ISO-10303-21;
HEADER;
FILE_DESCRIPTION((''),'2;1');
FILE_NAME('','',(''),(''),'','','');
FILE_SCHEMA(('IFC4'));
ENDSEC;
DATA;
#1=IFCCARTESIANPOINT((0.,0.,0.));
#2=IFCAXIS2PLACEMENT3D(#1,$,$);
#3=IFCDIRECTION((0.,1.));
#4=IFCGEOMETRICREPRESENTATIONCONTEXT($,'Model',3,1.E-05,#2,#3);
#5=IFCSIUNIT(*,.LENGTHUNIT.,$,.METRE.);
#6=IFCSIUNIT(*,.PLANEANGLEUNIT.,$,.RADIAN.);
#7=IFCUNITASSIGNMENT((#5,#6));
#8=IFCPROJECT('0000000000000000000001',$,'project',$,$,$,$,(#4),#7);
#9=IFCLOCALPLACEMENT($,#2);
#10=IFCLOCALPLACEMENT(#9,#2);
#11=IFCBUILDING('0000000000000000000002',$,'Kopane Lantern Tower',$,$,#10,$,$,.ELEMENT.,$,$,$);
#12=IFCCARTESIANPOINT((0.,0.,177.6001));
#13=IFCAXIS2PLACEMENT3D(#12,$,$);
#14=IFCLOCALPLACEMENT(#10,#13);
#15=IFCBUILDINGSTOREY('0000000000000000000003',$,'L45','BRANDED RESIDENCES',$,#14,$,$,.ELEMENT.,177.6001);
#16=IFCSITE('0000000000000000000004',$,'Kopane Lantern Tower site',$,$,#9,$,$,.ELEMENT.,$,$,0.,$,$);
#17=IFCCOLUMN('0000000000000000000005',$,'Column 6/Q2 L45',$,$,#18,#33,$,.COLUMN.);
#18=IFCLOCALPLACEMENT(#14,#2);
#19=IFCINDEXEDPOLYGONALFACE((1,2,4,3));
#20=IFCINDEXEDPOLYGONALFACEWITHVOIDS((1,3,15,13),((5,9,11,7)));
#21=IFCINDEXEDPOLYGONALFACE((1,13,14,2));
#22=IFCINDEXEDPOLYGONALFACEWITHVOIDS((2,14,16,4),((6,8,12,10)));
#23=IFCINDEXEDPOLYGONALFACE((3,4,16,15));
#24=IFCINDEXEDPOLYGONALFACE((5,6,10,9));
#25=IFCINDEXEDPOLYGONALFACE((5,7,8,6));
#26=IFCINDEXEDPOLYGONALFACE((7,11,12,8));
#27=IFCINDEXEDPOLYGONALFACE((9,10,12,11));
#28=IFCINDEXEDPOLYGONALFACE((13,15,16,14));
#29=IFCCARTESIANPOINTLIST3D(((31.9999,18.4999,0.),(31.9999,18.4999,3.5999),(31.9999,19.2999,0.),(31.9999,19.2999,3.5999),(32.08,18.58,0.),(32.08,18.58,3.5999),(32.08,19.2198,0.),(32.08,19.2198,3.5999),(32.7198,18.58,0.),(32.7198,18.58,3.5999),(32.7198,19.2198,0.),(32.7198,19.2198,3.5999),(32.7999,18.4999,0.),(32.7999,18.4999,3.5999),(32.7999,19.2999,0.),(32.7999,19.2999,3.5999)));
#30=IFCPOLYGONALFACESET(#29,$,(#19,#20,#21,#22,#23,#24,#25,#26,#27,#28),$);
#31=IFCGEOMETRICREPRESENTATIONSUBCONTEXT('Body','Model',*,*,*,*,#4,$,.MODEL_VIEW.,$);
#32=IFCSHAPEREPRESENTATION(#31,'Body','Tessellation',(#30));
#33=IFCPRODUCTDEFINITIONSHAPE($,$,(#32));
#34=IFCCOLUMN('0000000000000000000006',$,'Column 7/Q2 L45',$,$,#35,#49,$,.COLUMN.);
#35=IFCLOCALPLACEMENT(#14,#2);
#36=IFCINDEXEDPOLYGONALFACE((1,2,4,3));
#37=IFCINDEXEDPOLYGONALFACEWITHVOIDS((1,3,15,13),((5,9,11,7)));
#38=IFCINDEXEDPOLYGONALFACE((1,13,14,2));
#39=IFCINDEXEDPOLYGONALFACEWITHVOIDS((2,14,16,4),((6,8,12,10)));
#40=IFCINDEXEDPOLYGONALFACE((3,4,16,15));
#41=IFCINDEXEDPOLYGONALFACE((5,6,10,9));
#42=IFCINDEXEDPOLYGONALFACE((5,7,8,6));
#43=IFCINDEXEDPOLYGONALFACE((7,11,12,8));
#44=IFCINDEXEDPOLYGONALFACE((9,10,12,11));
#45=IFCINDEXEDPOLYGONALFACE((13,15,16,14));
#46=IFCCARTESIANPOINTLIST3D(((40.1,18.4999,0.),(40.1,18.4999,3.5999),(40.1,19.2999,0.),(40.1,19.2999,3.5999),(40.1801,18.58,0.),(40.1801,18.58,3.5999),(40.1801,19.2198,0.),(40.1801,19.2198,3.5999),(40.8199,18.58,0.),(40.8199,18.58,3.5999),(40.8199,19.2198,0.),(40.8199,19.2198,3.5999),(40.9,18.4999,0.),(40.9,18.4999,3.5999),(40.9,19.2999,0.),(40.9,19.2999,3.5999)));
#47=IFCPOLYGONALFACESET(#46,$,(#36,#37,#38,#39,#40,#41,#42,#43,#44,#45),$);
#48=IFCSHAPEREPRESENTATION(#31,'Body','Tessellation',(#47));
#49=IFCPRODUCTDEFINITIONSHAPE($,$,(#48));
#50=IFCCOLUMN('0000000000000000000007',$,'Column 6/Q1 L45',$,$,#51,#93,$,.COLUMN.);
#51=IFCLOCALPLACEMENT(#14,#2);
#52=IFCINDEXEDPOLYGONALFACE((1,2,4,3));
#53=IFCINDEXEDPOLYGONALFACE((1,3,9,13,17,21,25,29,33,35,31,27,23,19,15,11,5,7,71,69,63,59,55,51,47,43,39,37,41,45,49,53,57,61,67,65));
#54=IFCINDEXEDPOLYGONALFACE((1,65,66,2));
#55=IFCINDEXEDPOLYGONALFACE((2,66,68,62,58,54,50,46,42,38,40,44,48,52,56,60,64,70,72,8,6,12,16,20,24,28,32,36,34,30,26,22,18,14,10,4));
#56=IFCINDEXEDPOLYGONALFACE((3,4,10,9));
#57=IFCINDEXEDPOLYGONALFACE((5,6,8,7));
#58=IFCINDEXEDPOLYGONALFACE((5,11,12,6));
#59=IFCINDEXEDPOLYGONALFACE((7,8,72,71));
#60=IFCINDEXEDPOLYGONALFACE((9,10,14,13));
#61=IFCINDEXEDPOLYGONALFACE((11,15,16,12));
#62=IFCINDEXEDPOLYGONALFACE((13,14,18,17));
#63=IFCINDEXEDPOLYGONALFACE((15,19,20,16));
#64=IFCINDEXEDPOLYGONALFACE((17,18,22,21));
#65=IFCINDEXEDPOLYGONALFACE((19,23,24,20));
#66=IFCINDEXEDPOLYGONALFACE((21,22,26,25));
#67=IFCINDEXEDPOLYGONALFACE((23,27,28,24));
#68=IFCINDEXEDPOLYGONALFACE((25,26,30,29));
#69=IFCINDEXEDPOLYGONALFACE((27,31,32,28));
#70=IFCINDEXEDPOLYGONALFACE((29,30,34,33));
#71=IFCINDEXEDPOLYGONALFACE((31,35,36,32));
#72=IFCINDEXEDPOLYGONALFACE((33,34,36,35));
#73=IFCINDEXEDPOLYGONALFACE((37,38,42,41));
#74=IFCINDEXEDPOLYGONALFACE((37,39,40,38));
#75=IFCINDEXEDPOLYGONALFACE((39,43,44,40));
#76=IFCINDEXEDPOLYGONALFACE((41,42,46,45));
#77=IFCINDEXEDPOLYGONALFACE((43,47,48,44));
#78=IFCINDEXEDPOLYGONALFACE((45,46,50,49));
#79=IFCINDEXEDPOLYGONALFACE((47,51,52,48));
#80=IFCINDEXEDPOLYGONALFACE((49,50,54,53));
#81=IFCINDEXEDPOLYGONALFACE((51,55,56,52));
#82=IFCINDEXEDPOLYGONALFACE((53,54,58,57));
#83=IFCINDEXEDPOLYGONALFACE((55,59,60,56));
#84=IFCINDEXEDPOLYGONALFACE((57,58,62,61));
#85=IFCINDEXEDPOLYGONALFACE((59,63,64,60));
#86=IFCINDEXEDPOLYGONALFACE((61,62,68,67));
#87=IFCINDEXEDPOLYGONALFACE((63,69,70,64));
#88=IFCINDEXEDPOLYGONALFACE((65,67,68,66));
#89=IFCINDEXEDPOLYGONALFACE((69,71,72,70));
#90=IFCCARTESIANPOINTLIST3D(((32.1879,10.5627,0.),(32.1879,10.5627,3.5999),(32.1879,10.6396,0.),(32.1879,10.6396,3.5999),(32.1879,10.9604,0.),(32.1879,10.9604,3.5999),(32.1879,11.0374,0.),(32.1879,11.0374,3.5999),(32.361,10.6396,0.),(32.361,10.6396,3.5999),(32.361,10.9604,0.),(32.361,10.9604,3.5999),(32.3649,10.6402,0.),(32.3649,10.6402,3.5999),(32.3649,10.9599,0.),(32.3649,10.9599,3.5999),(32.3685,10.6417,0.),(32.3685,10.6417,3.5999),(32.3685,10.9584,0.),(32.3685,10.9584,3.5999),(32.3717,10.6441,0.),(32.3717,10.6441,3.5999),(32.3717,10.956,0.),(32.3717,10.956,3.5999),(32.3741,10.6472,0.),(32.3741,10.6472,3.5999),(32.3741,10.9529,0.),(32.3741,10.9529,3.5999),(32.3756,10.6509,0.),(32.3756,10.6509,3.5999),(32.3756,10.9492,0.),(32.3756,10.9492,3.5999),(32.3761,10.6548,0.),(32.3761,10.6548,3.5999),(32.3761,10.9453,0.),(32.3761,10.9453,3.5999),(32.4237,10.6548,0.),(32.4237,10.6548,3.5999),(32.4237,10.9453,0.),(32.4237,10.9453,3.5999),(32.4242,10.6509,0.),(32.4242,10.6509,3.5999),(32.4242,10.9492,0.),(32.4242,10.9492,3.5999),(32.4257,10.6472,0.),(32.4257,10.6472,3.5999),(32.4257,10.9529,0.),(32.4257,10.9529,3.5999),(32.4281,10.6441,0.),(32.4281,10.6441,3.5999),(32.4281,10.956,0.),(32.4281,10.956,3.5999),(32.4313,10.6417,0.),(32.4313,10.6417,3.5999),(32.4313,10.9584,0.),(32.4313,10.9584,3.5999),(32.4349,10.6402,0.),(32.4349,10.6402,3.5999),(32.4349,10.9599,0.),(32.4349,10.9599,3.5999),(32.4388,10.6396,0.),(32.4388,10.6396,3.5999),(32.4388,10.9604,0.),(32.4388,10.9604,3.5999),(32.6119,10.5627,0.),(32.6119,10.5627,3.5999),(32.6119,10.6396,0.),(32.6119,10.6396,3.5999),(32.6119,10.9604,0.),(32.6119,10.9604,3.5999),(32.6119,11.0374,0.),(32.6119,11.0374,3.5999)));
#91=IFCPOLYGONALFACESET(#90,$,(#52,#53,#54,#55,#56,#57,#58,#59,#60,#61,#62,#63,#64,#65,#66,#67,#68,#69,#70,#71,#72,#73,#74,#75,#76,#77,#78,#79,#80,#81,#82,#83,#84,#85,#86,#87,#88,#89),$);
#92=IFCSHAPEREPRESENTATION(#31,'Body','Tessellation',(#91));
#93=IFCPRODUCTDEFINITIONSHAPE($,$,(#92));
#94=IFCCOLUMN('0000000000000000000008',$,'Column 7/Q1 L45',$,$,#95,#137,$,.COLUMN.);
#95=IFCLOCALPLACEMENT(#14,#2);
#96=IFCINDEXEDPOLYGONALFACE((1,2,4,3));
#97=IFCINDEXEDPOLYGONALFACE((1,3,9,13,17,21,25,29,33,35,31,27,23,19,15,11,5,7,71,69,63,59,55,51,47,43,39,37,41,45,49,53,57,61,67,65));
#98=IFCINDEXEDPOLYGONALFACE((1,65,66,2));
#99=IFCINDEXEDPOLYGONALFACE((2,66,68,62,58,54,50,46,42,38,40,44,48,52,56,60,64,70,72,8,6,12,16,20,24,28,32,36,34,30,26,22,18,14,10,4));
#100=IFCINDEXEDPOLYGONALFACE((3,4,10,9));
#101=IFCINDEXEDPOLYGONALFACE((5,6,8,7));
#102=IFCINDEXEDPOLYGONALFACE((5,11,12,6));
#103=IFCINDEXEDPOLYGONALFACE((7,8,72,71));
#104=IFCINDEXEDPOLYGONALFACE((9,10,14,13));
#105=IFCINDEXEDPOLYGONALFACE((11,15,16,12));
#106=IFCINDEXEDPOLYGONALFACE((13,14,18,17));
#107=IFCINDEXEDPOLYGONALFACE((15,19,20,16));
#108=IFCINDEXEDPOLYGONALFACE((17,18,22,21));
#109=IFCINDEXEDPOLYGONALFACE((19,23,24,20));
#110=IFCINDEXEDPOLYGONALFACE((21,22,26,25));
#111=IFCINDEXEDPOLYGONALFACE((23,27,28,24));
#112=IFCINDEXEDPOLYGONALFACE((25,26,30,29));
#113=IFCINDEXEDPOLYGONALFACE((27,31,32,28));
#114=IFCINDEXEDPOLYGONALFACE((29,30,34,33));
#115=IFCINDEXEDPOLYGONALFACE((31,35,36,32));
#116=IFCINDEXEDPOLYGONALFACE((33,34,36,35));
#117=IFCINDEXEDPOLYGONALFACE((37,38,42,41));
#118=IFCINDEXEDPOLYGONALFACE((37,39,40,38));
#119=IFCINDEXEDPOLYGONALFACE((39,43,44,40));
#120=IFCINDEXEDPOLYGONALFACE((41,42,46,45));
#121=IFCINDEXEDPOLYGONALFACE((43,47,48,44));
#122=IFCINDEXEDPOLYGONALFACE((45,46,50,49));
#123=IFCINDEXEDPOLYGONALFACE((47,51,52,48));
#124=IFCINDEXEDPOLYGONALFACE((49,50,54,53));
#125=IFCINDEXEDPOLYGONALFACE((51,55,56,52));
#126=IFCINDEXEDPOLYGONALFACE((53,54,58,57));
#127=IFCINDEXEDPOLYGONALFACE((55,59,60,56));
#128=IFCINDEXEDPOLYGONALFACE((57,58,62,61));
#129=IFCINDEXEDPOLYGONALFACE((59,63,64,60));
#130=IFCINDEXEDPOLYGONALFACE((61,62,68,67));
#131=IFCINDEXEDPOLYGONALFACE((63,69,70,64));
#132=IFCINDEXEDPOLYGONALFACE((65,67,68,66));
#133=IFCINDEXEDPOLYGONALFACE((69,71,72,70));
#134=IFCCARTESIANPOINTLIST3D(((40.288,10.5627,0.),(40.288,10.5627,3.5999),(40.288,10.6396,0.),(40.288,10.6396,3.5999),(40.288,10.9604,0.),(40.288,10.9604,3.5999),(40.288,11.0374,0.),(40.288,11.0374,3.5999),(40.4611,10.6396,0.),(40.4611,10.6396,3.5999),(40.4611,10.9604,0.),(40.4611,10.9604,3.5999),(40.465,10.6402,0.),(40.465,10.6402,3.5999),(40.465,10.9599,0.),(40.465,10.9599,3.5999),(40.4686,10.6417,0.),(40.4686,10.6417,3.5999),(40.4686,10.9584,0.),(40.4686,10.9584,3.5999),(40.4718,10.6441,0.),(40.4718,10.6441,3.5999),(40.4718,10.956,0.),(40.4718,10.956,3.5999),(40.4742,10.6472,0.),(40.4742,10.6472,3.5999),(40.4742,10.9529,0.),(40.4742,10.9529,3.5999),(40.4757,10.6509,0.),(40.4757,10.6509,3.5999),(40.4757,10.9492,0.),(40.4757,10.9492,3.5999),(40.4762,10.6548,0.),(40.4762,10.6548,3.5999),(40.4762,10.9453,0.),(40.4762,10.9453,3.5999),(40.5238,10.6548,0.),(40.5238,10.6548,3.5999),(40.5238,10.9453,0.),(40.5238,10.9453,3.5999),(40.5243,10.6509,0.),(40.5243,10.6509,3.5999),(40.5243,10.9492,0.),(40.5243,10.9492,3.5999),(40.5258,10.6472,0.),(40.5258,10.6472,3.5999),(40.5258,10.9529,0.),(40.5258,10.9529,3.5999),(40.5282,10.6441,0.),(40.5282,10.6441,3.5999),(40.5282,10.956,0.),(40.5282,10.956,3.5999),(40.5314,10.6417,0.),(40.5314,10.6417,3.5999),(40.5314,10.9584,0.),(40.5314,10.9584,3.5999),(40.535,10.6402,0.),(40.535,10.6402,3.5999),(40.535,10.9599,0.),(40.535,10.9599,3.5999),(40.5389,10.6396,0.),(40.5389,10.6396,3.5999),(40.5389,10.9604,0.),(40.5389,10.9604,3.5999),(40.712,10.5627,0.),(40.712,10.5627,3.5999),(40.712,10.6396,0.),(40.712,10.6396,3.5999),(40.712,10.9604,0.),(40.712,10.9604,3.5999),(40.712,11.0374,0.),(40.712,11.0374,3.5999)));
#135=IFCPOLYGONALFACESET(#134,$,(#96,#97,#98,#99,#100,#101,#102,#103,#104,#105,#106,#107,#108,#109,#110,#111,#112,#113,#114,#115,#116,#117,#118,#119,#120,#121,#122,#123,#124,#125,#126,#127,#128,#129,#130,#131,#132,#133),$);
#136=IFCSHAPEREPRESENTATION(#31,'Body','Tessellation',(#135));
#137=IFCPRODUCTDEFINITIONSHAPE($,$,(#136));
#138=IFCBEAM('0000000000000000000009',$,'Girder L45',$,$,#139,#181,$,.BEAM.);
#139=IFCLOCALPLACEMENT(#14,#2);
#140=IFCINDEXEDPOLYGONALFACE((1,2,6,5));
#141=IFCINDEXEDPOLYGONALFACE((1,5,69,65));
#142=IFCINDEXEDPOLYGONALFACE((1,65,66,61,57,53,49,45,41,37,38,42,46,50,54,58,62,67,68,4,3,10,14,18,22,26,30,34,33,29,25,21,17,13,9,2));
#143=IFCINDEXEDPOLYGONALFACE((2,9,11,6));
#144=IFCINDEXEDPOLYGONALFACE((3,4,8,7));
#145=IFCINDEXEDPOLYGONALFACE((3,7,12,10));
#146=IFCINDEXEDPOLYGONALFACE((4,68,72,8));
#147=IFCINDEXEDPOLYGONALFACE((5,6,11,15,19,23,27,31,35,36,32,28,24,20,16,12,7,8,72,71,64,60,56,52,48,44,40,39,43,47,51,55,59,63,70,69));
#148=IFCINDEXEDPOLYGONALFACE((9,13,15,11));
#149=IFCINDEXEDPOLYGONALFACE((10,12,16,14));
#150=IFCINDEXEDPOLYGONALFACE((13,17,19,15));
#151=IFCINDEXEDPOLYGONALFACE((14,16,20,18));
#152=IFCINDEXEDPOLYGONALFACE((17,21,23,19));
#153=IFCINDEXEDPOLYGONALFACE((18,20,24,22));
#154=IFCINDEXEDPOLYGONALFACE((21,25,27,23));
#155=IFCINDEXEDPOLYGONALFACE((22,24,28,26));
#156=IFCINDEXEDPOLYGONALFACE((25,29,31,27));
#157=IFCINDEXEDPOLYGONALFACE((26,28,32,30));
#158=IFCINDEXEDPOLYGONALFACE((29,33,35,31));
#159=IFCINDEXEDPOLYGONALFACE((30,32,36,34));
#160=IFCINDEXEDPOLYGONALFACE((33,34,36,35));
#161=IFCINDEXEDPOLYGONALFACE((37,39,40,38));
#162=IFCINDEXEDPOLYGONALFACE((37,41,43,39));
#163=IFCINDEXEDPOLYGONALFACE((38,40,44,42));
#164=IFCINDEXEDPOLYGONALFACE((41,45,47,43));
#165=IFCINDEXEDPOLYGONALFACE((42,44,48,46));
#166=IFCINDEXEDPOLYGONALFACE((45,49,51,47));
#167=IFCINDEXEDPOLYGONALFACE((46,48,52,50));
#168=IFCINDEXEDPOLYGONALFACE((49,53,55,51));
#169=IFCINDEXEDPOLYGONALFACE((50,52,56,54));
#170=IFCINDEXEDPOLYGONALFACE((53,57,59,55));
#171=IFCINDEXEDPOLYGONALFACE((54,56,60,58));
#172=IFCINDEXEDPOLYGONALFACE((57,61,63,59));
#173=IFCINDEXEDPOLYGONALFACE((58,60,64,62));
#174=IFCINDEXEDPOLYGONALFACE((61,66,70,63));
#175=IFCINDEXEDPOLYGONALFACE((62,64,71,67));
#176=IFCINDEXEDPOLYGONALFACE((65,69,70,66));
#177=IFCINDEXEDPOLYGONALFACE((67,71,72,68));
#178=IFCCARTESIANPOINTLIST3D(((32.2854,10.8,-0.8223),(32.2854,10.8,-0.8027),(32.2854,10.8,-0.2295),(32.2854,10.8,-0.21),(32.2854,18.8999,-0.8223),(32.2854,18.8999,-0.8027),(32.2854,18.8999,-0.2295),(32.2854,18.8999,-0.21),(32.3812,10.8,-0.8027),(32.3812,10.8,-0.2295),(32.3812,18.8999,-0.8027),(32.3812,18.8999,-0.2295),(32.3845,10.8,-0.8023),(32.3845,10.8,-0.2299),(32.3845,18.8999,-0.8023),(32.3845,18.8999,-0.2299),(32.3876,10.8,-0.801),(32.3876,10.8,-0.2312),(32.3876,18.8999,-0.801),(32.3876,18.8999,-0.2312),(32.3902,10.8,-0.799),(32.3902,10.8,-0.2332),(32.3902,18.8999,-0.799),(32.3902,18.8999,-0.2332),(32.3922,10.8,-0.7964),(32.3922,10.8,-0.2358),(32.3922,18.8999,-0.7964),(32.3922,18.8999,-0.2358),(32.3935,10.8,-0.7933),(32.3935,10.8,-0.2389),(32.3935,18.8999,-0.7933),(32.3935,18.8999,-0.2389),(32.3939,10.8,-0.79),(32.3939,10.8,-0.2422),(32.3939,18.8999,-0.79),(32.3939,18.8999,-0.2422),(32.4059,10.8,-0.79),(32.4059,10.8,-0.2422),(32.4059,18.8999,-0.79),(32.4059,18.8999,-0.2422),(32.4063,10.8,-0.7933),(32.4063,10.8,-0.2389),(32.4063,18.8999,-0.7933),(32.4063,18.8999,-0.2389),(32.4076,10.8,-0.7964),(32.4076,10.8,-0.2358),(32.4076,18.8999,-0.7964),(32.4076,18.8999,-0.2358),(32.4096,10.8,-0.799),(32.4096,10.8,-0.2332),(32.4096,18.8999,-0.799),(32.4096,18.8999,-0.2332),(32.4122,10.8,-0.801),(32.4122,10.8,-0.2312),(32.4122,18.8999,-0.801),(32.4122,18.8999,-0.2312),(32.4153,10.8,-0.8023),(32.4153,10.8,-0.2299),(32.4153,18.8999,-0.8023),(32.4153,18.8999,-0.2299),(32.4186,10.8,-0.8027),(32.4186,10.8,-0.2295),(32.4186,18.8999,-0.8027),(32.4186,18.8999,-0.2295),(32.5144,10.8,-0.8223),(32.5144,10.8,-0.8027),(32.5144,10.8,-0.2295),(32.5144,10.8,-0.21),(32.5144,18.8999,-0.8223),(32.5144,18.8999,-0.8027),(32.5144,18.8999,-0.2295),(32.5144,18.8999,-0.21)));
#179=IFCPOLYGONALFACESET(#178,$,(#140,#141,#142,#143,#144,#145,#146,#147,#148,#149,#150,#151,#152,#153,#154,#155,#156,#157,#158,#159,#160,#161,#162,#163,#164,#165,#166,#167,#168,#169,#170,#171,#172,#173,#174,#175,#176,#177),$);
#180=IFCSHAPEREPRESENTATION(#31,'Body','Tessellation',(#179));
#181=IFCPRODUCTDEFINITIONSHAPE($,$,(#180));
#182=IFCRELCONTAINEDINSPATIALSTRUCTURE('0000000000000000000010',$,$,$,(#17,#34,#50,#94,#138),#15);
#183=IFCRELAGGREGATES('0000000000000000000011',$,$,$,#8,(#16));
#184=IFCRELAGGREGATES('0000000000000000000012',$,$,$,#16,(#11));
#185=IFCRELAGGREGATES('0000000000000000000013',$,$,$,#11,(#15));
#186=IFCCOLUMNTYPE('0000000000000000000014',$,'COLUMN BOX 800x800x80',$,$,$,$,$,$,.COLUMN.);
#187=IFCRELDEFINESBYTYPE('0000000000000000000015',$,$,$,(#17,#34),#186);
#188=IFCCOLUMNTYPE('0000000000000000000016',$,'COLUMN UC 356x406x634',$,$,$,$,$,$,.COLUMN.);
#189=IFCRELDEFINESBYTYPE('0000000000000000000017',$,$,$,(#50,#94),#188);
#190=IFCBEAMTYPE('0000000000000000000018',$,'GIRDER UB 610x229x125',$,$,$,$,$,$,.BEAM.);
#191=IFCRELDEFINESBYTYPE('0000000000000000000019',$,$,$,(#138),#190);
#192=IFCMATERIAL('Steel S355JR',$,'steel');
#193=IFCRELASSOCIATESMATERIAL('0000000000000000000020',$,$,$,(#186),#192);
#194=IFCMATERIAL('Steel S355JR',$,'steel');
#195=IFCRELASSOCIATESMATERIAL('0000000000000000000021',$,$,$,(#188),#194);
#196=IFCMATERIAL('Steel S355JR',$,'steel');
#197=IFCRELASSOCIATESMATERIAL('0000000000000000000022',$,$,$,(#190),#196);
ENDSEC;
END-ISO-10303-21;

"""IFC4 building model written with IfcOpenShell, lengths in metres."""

from ifc_helpers import new_model, si_unit, direction, frame, origin, origin_2d, place, context, subcontext, project, spatial, hollow_rectangle, i_section, extrude, material, material_profile, profile_set, type_object, element, save


model = new_model("IFC4")

# Units and contexts
model_context = context("Model", 3, precision=1e-05, world=origin(), true_north=direction((0.0, 1.0)))
body_context = subcontext(model_context, "Body", "Model", "MODEL_VIEW")
ifc_project = project(units=[si_unit("LENGTHUNIT", "METRE"), si_unit("PLANEANGLEUNIT", "RADIAN")], contexts=[model_context])

# Site, building, storey
site_placement = place(None, origin())
site = spatial("IfcSite", under=ifc_project, at=site_placement, Name="Kopane Lantern Tower site", CompositionType="ELEMENT", RefElevation=0.0)
building_placement = place(site_placement, origin())
building = spatial("IfcBuilding", under=site, at=building_placement, Name="Kopane Lantern Tower", CompositionType="ELEMENT")
storey_placement = place(building_placement, frame((0.0, 0.0, 177.6001)))
storey = spatial("IfcBuildingStorey", under=building, at=storey_placement, Name="L45", Description="BRANDED RESIDENCES", CompositionType="ELEMENT", Elevation=177.6001)

# Columns
ifc_material_1 = material(Name="Steel S355JR", Category="steel")
ifc_material_profile_1 = material_profile(ifc_material_1, hollow_rectangle(XDim=0.8, YDim=0.8, WallThickness=0.0801, at=origin_2d()), Name="BOX 800x800x80")
ifc_profile_set_1 = profile_set([ifc_material_profile_1], Name="Steel S355JR")
column_type_1 = type_object("IfcColumnType", Name="COLUMN BOX 800x800x80", PredefinedType="COLUMN", material=ifc_profile_set_1)
for number, where, z_axis, x_axis, name in (
    (1, (32.3999, 18.8999, 0.0), (0.0, 0.0, 1.0), (1.0, 0.0, 0.0), "Column 6/Q2 L45"),
    (2, (40.5, 18.8999, 0.0), (0.0, 0.0, 1.0), (1.0, 0.0, 0.0), "Column 7/Q2 L45"),
):
    element("IfcColumn", number, at=place(storey_placement, frame(where, z_axis=z_axis, x_axis=x_axis)), inside=storey, type_object=column_type_1, Name=name, PredefinedType="COLUMN", context=body_context, shape_type="SweptSolid", body=[
        extrude(hollow_rectangle(XDim=0.8, YDim=0.8, WallThickness=0.0801, at=origin_2d()), origin(), (0.0, 0.0, 1.0), 3.5999),
    ])
ifc_material_2 = material(Name="Steel S355JR", Category="steel")
ifc_material_profile_2 = material_profile(ifc_material_2, i_section(OverallWidth=0.4241, OverallDepth=0.4746, WebThickness=0.0476, FlangeThickness=0.0769, FilletRadius=0.0151, at=origin_2d()), Name="UC 356x406x634")
ifc_profile_set_2 = profile_set([ifc_material_profile_2], Name="Steel S355JR")
column_type_2 = type_object("IfcColumnType", Name="COLUMN UC 356x406x634", PredefinedType="COLUMN", material=ifc_profile_set_2)
for number, where, z_axis, x_axis, name in (
    (3, (32.3999, 10.8, 0.0), (0.0, 0.0, 1.0), (1.0, 0.0, 0.0), "Column 6/Q1 L45"),
    (4, (40.5, 10.8, 0.0), (0.0, 0.0, 1.0), (1.0, 0.0, 0.0), "Column 7/Q1 L45"),
):
    element("IfcColumn", number, at=place(storey_placement, frame(where, z_axis=z_axis, x_axis=x_axis)), inside=storey, type_object=column_type_2, Name=name, PredefinedType="COLUMN", context=body_context, shape_type="SweptSolid", body=[
        extrude(i_section(OverallWidth=0.4241, OverallDepth=0.4746, WebThickness=0.0476, FlangeThickness=0.0769, FilletRadius=0.0151, at=origin_2d()), origin(), (0.0, 0.0, 1.0), 3.5999),
    ])

# Beam
ifc_material_3 = material(Name="Steel S355JR", Category="steel")
ifc_material_profile_3 = material_profile(ifc_material_3, i_section(OverallWidth=0.229, OverallDepth=0.6123, WebThickness=0.012, FlangeThickness=0.0195, FilletRadius=0.0127, at=origin_2d()), Name="UB 610x229x125")
ifc_profile_set_3 = profile_set([ifc_material_profile_3], Name="Steel S355JR")
beam_type = type_object("IfcBeamType", Name="GIRDER UB 610x229x125", PredefinedType="BEAM", material=ifc_profile_set_3)
beam_1_placement = place(storey_placement, frame((32.3999, 10.8, -0.5161), z_axis=(0.0, 1.0, 0.0), x_axis=(-1.0, 0.0, 0.0)))
element("IfcBeam", 5, at=beam_1_placement, inside=storey, type_object=beam_type, Name="Girder L45", PredefinedType="BEAM", context=body_context, shape_type="SweptSolid", body=[
    extrude(i_section(OverallWidth=0.229, OverallDepth=0.6123, WebThickness=0.012, FlangeThickness=0.0195, FilletRadius=0.0127, at=origin_2d()), origin(), (0.0, 0.0, 1.0), 8.0999),
])

save(model, "model.ifc")
